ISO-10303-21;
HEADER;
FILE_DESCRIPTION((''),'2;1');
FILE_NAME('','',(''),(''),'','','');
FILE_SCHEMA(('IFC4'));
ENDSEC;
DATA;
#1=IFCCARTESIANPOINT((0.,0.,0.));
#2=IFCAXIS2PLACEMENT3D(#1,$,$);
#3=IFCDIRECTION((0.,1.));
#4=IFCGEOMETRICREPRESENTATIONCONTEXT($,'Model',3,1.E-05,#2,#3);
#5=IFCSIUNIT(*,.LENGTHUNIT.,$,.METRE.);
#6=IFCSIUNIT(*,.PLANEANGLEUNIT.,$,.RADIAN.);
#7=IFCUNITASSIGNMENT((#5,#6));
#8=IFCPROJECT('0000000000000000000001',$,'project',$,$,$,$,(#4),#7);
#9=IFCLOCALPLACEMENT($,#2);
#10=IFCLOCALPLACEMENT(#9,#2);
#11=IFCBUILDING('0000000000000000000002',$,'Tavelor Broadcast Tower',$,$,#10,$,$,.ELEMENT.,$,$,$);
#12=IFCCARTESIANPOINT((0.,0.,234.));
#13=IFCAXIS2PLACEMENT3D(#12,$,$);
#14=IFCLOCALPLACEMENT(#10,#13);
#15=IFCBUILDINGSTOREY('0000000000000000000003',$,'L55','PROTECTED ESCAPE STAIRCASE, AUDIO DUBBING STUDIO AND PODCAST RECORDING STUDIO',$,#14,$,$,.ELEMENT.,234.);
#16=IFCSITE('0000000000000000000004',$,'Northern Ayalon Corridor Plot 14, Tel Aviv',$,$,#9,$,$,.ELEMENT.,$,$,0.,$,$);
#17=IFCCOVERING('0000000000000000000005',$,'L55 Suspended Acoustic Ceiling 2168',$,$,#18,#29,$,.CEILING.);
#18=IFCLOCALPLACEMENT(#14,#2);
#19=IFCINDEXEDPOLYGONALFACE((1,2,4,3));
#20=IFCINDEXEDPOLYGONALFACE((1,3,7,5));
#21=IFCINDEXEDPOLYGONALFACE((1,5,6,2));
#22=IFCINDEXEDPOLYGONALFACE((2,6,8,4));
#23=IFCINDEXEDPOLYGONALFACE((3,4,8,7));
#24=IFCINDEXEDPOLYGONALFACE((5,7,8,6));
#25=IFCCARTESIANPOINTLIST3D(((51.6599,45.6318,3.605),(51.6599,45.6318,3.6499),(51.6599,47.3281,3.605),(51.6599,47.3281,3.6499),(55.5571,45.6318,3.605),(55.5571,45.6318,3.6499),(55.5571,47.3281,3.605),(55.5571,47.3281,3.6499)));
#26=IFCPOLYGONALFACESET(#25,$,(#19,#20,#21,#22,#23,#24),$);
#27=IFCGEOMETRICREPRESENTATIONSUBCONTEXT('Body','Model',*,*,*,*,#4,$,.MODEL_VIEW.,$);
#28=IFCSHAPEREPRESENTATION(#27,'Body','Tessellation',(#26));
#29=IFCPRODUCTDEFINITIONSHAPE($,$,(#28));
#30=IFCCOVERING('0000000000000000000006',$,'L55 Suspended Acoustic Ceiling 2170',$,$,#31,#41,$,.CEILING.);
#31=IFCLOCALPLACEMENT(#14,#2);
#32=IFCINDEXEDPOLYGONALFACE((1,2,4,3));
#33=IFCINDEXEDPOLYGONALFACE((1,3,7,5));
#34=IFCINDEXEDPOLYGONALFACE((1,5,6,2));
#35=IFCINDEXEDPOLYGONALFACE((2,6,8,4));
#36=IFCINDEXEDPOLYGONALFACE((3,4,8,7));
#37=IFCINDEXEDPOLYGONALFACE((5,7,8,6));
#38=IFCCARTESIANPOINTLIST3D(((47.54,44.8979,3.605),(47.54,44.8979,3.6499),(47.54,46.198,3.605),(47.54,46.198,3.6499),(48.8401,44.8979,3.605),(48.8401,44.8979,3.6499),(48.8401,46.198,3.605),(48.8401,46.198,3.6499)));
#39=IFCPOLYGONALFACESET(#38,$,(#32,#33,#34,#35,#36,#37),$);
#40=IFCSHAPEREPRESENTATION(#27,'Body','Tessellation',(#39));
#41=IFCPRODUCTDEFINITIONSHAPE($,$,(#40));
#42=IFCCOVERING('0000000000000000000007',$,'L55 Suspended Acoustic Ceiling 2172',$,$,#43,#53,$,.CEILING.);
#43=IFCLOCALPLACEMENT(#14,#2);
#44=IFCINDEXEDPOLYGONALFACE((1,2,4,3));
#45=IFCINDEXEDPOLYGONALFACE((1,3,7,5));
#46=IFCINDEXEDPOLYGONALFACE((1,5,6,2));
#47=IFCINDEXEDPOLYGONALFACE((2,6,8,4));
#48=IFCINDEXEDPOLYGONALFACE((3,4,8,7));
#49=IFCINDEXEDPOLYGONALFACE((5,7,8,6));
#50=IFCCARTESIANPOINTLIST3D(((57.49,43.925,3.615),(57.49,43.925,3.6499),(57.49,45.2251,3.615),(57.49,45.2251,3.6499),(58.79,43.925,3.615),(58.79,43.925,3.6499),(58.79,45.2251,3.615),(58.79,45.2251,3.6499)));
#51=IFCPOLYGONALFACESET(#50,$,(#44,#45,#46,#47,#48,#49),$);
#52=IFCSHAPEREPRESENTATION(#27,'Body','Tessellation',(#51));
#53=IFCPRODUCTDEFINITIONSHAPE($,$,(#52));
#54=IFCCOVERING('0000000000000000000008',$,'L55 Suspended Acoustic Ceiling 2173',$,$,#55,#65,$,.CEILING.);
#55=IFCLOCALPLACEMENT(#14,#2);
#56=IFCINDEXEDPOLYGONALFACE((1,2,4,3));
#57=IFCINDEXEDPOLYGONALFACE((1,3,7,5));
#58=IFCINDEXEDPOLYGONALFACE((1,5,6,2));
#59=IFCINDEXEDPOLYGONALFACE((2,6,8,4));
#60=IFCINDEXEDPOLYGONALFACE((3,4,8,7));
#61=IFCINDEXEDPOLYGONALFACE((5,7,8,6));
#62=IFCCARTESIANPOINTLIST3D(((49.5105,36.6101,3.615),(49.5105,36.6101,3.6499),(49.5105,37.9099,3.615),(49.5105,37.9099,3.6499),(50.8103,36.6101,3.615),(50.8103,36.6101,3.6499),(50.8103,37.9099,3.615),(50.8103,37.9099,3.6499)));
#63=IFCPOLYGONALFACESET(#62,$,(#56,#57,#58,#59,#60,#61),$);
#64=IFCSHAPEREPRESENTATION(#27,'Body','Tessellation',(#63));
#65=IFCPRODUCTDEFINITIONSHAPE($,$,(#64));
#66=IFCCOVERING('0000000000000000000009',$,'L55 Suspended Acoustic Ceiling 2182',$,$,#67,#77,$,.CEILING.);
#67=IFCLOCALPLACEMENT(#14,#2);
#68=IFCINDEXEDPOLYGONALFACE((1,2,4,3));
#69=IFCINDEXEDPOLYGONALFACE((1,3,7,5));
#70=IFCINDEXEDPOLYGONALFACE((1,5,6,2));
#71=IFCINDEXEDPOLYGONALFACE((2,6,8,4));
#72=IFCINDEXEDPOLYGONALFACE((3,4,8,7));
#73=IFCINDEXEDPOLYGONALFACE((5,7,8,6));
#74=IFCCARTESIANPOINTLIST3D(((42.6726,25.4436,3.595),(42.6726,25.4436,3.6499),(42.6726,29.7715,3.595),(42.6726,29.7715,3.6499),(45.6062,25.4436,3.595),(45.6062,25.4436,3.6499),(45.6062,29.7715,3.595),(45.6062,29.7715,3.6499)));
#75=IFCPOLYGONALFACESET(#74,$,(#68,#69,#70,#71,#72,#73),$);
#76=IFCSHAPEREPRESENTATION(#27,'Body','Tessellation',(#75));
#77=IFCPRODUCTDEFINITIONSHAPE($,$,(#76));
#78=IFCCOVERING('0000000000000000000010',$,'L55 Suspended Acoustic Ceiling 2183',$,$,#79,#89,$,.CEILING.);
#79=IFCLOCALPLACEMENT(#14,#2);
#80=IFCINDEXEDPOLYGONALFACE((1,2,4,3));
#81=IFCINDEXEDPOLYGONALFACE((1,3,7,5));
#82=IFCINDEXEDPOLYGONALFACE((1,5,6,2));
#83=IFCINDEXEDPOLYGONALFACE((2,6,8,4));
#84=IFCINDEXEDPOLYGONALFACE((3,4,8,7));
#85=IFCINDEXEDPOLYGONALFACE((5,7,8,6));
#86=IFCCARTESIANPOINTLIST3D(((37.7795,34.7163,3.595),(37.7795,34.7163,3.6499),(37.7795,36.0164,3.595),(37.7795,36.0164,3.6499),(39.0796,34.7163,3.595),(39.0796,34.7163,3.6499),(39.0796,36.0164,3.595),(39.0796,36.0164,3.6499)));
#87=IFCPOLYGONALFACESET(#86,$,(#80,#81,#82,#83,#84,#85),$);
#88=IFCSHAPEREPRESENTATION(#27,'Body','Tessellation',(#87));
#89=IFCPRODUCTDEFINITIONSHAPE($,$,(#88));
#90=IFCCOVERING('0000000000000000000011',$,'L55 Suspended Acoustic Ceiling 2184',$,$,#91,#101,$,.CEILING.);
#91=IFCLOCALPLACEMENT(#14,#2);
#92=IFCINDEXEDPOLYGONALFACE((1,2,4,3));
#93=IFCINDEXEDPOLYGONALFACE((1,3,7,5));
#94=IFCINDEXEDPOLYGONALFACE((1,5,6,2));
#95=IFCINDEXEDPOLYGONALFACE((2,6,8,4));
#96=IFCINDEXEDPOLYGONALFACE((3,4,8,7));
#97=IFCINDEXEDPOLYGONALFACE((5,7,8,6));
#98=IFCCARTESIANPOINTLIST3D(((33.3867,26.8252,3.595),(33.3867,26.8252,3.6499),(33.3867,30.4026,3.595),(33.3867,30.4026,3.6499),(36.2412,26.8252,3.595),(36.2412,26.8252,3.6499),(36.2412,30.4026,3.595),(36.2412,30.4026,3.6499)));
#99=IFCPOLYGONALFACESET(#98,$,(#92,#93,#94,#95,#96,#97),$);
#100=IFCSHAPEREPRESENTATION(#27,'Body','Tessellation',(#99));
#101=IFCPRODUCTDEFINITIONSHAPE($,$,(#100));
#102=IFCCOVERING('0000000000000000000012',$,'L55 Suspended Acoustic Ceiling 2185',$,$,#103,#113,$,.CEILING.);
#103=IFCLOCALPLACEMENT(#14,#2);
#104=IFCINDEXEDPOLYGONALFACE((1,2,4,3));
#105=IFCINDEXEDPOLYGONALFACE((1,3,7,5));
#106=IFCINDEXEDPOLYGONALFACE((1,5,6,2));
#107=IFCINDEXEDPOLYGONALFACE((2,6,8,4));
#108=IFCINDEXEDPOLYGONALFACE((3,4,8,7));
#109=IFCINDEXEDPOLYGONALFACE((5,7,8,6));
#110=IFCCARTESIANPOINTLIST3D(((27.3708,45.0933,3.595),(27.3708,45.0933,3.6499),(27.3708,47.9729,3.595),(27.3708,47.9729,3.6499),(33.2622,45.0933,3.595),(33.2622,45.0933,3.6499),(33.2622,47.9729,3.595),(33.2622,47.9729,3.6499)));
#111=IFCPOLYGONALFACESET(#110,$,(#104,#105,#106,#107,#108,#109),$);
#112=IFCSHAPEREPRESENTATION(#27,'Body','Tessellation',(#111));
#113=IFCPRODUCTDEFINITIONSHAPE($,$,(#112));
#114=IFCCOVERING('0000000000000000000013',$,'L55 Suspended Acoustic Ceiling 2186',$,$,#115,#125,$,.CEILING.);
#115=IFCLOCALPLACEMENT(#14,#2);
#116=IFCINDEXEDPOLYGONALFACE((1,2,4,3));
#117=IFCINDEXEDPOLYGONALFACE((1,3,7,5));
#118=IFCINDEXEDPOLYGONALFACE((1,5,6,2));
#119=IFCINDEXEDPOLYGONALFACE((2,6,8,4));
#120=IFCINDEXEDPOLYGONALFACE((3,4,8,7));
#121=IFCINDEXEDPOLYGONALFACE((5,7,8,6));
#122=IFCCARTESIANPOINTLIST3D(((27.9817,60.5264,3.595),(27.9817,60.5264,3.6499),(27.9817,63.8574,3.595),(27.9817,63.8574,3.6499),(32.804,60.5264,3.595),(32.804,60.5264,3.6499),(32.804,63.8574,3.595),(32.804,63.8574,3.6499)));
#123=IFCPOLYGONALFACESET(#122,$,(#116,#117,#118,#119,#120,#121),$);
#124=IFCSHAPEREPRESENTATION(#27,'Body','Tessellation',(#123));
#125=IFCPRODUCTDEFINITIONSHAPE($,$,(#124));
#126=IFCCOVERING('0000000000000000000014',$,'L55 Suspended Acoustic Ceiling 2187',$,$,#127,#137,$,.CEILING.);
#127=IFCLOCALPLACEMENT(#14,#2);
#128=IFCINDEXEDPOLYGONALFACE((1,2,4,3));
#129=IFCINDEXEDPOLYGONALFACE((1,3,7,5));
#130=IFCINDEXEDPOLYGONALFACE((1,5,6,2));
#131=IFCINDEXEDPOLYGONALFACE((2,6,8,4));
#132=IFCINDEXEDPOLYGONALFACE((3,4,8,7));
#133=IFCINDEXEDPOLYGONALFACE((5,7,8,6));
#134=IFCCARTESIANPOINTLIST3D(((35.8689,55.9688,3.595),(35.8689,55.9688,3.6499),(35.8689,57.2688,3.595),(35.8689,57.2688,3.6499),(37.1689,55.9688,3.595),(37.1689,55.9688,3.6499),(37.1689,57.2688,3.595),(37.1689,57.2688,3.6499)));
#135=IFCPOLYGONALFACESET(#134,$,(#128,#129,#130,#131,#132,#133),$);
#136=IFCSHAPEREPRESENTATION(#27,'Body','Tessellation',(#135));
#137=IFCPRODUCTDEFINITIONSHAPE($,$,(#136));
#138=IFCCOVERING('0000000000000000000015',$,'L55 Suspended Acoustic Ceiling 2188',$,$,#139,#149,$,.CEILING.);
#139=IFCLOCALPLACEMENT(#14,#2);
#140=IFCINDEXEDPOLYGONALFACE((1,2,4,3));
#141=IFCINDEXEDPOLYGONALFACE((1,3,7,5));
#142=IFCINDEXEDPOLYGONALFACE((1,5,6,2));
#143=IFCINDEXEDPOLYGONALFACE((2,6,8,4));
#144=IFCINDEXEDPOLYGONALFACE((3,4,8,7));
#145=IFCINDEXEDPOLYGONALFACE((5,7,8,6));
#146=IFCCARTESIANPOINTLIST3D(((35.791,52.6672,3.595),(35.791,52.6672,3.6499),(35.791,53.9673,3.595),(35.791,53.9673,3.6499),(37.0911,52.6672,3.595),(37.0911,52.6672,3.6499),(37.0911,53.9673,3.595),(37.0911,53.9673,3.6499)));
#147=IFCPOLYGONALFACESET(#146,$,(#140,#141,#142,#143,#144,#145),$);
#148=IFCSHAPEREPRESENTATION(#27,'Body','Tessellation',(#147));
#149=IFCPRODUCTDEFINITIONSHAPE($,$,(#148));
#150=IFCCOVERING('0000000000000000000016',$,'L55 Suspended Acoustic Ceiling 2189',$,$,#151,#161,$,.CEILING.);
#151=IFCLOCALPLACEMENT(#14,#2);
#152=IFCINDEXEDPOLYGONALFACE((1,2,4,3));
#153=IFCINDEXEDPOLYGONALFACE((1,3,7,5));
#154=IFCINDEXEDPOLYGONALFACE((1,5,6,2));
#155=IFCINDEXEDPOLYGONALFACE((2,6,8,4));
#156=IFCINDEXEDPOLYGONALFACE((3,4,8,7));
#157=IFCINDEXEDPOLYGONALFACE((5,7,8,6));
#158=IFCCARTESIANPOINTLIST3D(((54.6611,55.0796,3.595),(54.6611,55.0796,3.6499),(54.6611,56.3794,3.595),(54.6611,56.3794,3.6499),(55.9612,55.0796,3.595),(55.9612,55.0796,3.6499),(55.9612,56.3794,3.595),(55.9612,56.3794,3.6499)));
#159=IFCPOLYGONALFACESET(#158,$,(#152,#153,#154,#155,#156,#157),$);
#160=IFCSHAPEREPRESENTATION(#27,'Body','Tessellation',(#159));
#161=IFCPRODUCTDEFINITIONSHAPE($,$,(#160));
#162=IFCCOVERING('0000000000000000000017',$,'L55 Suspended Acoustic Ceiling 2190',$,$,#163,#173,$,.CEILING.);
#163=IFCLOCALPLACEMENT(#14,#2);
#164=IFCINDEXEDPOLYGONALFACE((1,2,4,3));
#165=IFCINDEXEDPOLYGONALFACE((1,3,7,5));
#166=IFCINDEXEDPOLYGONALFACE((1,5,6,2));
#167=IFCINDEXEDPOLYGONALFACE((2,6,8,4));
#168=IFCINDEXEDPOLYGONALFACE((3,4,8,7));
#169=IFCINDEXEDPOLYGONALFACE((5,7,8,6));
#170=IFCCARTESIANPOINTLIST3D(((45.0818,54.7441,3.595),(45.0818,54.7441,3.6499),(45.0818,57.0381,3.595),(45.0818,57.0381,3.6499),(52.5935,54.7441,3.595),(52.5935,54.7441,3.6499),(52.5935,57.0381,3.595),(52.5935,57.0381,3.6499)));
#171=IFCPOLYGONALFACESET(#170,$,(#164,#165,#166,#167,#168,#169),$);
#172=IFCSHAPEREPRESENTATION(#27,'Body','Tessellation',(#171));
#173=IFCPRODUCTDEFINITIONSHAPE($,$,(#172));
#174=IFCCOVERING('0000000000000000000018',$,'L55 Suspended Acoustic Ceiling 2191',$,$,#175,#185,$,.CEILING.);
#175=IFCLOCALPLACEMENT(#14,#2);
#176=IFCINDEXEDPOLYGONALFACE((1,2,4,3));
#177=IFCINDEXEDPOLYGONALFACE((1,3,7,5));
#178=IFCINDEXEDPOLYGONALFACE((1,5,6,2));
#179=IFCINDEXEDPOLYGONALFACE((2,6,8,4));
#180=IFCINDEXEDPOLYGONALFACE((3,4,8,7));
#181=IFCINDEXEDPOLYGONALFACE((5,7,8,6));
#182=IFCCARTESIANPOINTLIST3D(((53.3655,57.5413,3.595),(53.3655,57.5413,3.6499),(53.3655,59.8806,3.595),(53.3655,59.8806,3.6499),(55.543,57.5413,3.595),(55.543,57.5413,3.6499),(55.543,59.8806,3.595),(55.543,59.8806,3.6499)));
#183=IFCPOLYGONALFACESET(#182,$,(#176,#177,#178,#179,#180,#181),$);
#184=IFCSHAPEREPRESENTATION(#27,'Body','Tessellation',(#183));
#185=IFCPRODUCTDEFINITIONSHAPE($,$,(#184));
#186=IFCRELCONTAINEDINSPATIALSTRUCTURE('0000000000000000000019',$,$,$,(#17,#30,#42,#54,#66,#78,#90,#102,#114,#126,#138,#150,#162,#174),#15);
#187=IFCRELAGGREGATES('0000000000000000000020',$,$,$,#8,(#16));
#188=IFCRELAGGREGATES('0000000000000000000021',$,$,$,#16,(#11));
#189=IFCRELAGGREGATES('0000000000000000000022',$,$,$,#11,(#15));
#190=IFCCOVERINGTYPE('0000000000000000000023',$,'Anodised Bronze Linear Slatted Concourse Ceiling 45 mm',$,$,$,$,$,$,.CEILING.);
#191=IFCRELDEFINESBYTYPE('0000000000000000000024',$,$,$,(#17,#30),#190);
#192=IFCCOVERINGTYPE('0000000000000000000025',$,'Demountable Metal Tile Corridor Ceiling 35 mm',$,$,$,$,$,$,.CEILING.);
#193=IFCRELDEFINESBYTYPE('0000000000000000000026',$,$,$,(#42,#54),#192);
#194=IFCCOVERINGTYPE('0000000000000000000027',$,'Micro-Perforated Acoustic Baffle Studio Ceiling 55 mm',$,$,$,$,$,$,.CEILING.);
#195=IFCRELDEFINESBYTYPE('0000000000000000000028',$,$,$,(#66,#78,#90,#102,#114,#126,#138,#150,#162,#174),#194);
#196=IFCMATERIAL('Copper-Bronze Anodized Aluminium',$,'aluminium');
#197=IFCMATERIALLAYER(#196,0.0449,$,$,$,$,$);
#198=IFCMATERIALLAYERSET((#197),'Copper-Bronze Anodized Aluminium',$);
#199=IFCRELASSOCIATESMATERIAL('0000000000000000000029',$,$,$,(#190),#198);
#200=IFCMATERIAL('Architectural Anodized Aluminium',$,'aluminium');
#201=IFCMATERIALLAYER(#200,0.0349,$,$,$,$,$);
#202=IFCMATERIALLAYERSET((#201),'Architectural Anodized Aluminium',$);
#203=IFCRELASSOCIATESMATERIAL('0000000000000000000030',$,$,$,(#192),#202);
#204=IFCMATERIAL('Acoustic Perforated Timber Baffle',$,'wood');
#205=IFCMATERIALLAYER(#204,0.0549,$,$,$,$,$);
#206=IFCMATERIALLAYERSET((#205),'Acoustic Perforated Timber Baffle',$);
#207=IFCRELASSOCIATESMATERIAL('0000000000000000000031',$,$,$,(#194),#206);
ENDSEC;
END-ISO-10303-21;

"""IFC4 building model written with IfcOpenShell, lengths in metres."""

from ifc_helpers import new_model, si_unit, direction, frame, origin, place, context, subcontext, project, spatial, polyline, outline, extrude, material, layer, layer_set, type_object, element, save


model = new_model("IFC4")

# Units and contexts
model_context = context("Model", 3, precision=1e-05, world=origin(), true_north=direction((0.0, 1.0)))
body_context = subcontext(model_context, "Body", "Model", "MODEL_VIEW")
ifc_project = project(units=[si_unit("LENGTHUNIT", "METRE"), si_unit("PLANEANGLEUNIT", "RADIAN")], contexts=[model_context])

# Site, building, storey
site_placement = place(None, origin())
site = spatial("IfcSite", under=ifc_project, at=site_placement, Name="Northern Ayalon Corridor Plot 14, Tel Aviv", CompositionType="ELEMENT", RefElevation=0.0)
building_placement = place(site_placement, origin())
building = spatial("IfcBuilding", under=site, at=building_placement, Name="Tavelor Broadcast Tower", CompositionType="ELEMENT")
storey_placement = place(building_placement, frame((0.0, 0.0, 234.0)))
storey = spatial("IfcBuildingStorey", under=building, at=storey_placement, Name="L55", Description="PROTECTED ESCAPE STAIRCASE, AUDIO DUBBING STUDIO AND PODCAST RECORDING STUDIO", CompositionType="ELEMENT", Elevation=234.0)

# Coverings
ifc_material_1 = material(Name="Copper-Bronze Anodized Aluminium", Category="aluminium")
ifc_layer_1 = layer(ifc_material_1, 0.0449)
ifc_layer_set_1 = layer_set([ifc_layer_1], Name="Copper-Bronze Anodized Aluminium")
covering_type_1 = type_object("IfcCoveringType", Name="Anodised Bronze Linear Slatted Concourse Ceiling 45 mm", PredefinedType="CEILING", material=ifc_layer_set_1)
covering_1_placement = place(storey_placement, frame((0.0, 0.0, 3.605)))
element("IfcCovering", 1, at=covering_1_placement, inside=storey, type_object=covering_type_1, Name="L55 Suspended Acoustic Ceiling 2168", PredefinedType="CEILING", context=body_context, shape_type="SweptSolid", body=[
    extrude(outline(polyline([(51.6599, 45.6318), (55.5571, 45.6318), (55.5571, 47.3281), (51.6599, 47.3281), (51.6599, 45.6318)])), origin(), (0.0, 0.0, 1.0), 0.0449),
])
covering_2_placement = place(storey_placement, frame((0.0, 0.0, 3.605)))
element("IfcCovering", 2, at=covering_2_placement, inside=storey, type_object=covering_type_1, Name="L55 Suspended Acoustic Ceiling 2170", PredefinedType="CEILING", context=body_context, shape_type="SweptSolid", body=[
    extrude(outline(polyline([(47.54, 44.8979), (48.8401, 44.8979), (48.8401, 46.198), (47.54, 46.198), (47.54, 44.8979)])), origin(), (0.0, 0.0, 1.0), 0.0449),
])
ifc_material_2 = material(Name="Architectural Anodized Aluminium", Category="aluminium")
ifc_layer_2 = layer(ifc_material_2, 0.0349)
ifc_layer_set_2 = layer_set([ifc_layer_2], Name="Architectural Anodized Aluminium")
covering_type_2 = type_object("IfcCoveringType", Name="Demountable Metal Tile Corridor Ceiling 35 mm", PredefinedType="CEILING", material=ifc_layer_set_2)
covering_3_placement = place(storey_placement, frame((0.0, 0.0, 3.615)))
element("IfcCovering", 3, at=covering_3_placement, inside=storey, type_object=covering_type_2, Name="L55 Suspended Acoustic Ceiling 2172", PredefinedType="CEILING", context=body_context, shape_type="SweptSolid", body=[
    extrude(outline(polyline([(57.49, 43.925), (58.79, 43.925), (58.79, 45.2251), (57.49, 45.2251), (57.49, 43.925)])), origin(), (0.0, 0.0, 1.0), 0.0349),
])
covering_4_placement = place(storey_placement, frame((0.0, 0.0, 3.615)))
element("IfcCovering", 4, at=covering_4_placement, inside=storey, type_object=covering_type_2, Name="L55 Suspended Acoustic Ceiling 2173", PredefinedType="CEILING", context=body_context, shape_type="SweptSolid", body=[
    extrude(outline(polyline([(49.5105, 36.6101), (50.8103, 36.6101), (50.8103, 37.9099), (49.5105, 37.9099), (49.5105, 36.6101)])), origin(), (0.0, 0.0, 1.0), 0.0349),
])
ifc_material_3 = material(Name="Acoustic Perforated Timber Baffle", Category="wood")
ifc_layer_3 = layer(ifc_material_3, 0.0549)
ifc_layer_set_3 = layer_set([ifc_layer_3], Name="Acoustic Perforated Timber Baffle")
covering_type_3 = type_object("IfcCoveringType", Name="Micro-Perforated Acoustic Baffle Studio Ceiling 55 mm", PredefinedType="CEILING", material=ifc_layer_set_3)
covering_5_placement = place(storey_placement, frame((0.0, 0.0, 3.595)))
element("IfcCovering", 5, at=covering_5_placement, inside=storey, type_object=covering_type_3, Name="L55 Suspended Acoustic Ceiling 2182", PredefinedType="CEILING", context=body_context, shape_type="SweptSolid", body=[
    extrude(outline(polyline([(42.6726, 25.4436), (45.6062, 25.4436), (45.6062, 29.7715), (42.6726, 29.7715), (42.6726, 25.4436)])), origin(), (0.0, 0.0, 1.0), 0.0549),
])
covering_6_placement = place(storey_placement, frame((0.0, 0.0, 3.595)))
element("IfcCovering", 6, at=covering_6_placement, inside=storey, type_object=covering_type_3, Name="L55 Suspended Acoustic Ceiling 2183", PredefinedType="CEILING", context=body_context, shape_type="SweptSolid", body=[
    extrude(outline(polyline([(37.7795, 34.7163), (39.0796, 34.7163), (39.0796, 36.0164), (37.7795, 36.0164), (37.7795, 34.7163)])), origin(), (0.0, 0.0, 1.0), 0.0549),
])
covering_7_placement = place(storey_placement, frame((0.0, 0.0, 3.595)))
element("IfcCovering", 7, at=covering_7_placement, inside=storey, type_object=covering_type_3, Name="L55 Suspended Acoustic Ceiling 2184", PredefinedType="CEILING", context=body_context, shape_type="SweptSolid", body=[
    extrude(outline(polyline([(33.3867, 26.8252), (36.2412, 26.8252), (36.2412, 30.4026), (33.3867, 30.4026), (33.3867, 26.8252)])), origin(), (0.0, 0.0, 1.0), 0.0549),
])
covering_8_placement = place(storey_placement, frame((0.0, 0.0, 3.595)))
element("IfcCovering", 8, at=covering_8_placement, inside=storey, type_object=covering_type_3, Name="L55 Suspended Acoustic Ceiling 2185", PredefinedType="CEILING", context=body_context, shape_type="SweptSolid", body=[
    extrude(outline(polyline([(27.3708, 45.0933), (33.2622, 45.0933), (33.2622, 47.9729), (27.3708, 47.9729), (27.3708, 45.0933)])), origin(), (0.0, 0.0, 1.0), 0.0549),
])
covering_9_placement = place(storey_placement, frame((0.0, 0.0, 3.595)))
element("IfcCovering", 9, at=covering_9_placement, inside=storey, type_object=covering_type_3, Name="L55 Suspended Acoustic Ceiling 2186", PredefinedType="CEILING", context=body_context, shape_type="SweptSolid", body=[
    extrude(outline(polyline([(27.9817, 60.5264), (32.804, 60.5264), (32.804, 63.8574), (27.9817, 63.8574), (27.9817, 60.5264)])), origin(), (0.0, 0.0, 1.0), 0.0549),
])
covering_10_placement = place(storey_placement, frame((0.0, 0.0, 3.595)))
element("IfcCovering", 10, at=covering_10_placement, inside=storey, type_object=covering_type_3, Name="L55 Suspended Acoustic Ceiling 2187", PredefinedType="CEILING", context=body_context, shape_type="SweptSolid", body=[
    extrude(outline(polyline([(35.8689, 55.9688), (37.1689, 55.9688), (37.1689, 57.2688), (35.8689, 57.2688), (35.8689, 55.9688)])), origin(), (0.0, 0.0, 1.0), 0.0549),
])
covering_11_placement = place(storey_placement, frame((0.0, 0.0, 3.595)))
element("IfcCovering", 11, at=covering_11_placement, inside=storey, type_object=covering_type_3, Name="L55 Suspended Acoustic Ceiling 2188", PredefinedType="CEILING", context=body_context, shape_type="SweptSolid", body=[
    extrude(outline(polyline([(35.791, 52.6672), (37.0911, 52.6672), (37.0911, 53.9673), (35.791, 53.9673), (35.791, 52.6672)])), origin(), (0.0, 0.0, 1.0), 0.0549),
])
covering_12_placement = place(storey_placement, frame((0.0, 0.0, 3.595)))
element("IfcCovering", 12, at=covering_12_placement, inside=storey, type_object=covering_type_3, Name="L55 Suspended Acoustic Ceiling 2189", PredefinedType="CEILING", context=body_context, shape_type="SweptSolid", body=[
    extrude(outline(polyline([(54.6611, 55.0796), (55.9612, 55.0796), (55.9612, 56.3794), (54.6611, 56.3794), (54.6611, 55.0796)])), origin(), (0.0, 0.0, 1.0), 0.0549),
])
covering_13_placement = place(storey_placement, frame((0.0, 0.0, 3.595)))
element("IfcCovering", 13, at=covering_13_placement, inside=storey, type_object=covering_type_3, Name="L55 Suspended Acoustic Ceiling 2190", PredefinedType="CEILING", context=body_context, shape_type="SweptSolid", body=[
    extrude(outline(polyline([(45.0818, 54.7441), (52.5935, 54.7441), (52.5935, 57.0381), (45.0818, 57.0381), (45.0818, 54.7441)])), origin(), (0.0, 0.0, 1.0), 0.0549),
])
covering_14_placement = place(storey_placement, frame((0.0, 0.0, 3.595)))
element("IfcCovering", 14, at=covering_14_placement, inside=storey, type_object=covering_type_3, Name="L55 Suspended Acoustic Ceiling 2191", PredefinedType="CEILING", context=body_context, shape_type="SweptSolid", body=[
    extrude(outline(polyline([(53.3655, 57.5413), (55.543, 57.5413), (55.543, 59.8806), (53.3655, 59.8806), (53.3655, 57.5413)])), origin(), (0.0, 0.0, 1.0), 0.0549),
])

save(model, "model.ifc")
